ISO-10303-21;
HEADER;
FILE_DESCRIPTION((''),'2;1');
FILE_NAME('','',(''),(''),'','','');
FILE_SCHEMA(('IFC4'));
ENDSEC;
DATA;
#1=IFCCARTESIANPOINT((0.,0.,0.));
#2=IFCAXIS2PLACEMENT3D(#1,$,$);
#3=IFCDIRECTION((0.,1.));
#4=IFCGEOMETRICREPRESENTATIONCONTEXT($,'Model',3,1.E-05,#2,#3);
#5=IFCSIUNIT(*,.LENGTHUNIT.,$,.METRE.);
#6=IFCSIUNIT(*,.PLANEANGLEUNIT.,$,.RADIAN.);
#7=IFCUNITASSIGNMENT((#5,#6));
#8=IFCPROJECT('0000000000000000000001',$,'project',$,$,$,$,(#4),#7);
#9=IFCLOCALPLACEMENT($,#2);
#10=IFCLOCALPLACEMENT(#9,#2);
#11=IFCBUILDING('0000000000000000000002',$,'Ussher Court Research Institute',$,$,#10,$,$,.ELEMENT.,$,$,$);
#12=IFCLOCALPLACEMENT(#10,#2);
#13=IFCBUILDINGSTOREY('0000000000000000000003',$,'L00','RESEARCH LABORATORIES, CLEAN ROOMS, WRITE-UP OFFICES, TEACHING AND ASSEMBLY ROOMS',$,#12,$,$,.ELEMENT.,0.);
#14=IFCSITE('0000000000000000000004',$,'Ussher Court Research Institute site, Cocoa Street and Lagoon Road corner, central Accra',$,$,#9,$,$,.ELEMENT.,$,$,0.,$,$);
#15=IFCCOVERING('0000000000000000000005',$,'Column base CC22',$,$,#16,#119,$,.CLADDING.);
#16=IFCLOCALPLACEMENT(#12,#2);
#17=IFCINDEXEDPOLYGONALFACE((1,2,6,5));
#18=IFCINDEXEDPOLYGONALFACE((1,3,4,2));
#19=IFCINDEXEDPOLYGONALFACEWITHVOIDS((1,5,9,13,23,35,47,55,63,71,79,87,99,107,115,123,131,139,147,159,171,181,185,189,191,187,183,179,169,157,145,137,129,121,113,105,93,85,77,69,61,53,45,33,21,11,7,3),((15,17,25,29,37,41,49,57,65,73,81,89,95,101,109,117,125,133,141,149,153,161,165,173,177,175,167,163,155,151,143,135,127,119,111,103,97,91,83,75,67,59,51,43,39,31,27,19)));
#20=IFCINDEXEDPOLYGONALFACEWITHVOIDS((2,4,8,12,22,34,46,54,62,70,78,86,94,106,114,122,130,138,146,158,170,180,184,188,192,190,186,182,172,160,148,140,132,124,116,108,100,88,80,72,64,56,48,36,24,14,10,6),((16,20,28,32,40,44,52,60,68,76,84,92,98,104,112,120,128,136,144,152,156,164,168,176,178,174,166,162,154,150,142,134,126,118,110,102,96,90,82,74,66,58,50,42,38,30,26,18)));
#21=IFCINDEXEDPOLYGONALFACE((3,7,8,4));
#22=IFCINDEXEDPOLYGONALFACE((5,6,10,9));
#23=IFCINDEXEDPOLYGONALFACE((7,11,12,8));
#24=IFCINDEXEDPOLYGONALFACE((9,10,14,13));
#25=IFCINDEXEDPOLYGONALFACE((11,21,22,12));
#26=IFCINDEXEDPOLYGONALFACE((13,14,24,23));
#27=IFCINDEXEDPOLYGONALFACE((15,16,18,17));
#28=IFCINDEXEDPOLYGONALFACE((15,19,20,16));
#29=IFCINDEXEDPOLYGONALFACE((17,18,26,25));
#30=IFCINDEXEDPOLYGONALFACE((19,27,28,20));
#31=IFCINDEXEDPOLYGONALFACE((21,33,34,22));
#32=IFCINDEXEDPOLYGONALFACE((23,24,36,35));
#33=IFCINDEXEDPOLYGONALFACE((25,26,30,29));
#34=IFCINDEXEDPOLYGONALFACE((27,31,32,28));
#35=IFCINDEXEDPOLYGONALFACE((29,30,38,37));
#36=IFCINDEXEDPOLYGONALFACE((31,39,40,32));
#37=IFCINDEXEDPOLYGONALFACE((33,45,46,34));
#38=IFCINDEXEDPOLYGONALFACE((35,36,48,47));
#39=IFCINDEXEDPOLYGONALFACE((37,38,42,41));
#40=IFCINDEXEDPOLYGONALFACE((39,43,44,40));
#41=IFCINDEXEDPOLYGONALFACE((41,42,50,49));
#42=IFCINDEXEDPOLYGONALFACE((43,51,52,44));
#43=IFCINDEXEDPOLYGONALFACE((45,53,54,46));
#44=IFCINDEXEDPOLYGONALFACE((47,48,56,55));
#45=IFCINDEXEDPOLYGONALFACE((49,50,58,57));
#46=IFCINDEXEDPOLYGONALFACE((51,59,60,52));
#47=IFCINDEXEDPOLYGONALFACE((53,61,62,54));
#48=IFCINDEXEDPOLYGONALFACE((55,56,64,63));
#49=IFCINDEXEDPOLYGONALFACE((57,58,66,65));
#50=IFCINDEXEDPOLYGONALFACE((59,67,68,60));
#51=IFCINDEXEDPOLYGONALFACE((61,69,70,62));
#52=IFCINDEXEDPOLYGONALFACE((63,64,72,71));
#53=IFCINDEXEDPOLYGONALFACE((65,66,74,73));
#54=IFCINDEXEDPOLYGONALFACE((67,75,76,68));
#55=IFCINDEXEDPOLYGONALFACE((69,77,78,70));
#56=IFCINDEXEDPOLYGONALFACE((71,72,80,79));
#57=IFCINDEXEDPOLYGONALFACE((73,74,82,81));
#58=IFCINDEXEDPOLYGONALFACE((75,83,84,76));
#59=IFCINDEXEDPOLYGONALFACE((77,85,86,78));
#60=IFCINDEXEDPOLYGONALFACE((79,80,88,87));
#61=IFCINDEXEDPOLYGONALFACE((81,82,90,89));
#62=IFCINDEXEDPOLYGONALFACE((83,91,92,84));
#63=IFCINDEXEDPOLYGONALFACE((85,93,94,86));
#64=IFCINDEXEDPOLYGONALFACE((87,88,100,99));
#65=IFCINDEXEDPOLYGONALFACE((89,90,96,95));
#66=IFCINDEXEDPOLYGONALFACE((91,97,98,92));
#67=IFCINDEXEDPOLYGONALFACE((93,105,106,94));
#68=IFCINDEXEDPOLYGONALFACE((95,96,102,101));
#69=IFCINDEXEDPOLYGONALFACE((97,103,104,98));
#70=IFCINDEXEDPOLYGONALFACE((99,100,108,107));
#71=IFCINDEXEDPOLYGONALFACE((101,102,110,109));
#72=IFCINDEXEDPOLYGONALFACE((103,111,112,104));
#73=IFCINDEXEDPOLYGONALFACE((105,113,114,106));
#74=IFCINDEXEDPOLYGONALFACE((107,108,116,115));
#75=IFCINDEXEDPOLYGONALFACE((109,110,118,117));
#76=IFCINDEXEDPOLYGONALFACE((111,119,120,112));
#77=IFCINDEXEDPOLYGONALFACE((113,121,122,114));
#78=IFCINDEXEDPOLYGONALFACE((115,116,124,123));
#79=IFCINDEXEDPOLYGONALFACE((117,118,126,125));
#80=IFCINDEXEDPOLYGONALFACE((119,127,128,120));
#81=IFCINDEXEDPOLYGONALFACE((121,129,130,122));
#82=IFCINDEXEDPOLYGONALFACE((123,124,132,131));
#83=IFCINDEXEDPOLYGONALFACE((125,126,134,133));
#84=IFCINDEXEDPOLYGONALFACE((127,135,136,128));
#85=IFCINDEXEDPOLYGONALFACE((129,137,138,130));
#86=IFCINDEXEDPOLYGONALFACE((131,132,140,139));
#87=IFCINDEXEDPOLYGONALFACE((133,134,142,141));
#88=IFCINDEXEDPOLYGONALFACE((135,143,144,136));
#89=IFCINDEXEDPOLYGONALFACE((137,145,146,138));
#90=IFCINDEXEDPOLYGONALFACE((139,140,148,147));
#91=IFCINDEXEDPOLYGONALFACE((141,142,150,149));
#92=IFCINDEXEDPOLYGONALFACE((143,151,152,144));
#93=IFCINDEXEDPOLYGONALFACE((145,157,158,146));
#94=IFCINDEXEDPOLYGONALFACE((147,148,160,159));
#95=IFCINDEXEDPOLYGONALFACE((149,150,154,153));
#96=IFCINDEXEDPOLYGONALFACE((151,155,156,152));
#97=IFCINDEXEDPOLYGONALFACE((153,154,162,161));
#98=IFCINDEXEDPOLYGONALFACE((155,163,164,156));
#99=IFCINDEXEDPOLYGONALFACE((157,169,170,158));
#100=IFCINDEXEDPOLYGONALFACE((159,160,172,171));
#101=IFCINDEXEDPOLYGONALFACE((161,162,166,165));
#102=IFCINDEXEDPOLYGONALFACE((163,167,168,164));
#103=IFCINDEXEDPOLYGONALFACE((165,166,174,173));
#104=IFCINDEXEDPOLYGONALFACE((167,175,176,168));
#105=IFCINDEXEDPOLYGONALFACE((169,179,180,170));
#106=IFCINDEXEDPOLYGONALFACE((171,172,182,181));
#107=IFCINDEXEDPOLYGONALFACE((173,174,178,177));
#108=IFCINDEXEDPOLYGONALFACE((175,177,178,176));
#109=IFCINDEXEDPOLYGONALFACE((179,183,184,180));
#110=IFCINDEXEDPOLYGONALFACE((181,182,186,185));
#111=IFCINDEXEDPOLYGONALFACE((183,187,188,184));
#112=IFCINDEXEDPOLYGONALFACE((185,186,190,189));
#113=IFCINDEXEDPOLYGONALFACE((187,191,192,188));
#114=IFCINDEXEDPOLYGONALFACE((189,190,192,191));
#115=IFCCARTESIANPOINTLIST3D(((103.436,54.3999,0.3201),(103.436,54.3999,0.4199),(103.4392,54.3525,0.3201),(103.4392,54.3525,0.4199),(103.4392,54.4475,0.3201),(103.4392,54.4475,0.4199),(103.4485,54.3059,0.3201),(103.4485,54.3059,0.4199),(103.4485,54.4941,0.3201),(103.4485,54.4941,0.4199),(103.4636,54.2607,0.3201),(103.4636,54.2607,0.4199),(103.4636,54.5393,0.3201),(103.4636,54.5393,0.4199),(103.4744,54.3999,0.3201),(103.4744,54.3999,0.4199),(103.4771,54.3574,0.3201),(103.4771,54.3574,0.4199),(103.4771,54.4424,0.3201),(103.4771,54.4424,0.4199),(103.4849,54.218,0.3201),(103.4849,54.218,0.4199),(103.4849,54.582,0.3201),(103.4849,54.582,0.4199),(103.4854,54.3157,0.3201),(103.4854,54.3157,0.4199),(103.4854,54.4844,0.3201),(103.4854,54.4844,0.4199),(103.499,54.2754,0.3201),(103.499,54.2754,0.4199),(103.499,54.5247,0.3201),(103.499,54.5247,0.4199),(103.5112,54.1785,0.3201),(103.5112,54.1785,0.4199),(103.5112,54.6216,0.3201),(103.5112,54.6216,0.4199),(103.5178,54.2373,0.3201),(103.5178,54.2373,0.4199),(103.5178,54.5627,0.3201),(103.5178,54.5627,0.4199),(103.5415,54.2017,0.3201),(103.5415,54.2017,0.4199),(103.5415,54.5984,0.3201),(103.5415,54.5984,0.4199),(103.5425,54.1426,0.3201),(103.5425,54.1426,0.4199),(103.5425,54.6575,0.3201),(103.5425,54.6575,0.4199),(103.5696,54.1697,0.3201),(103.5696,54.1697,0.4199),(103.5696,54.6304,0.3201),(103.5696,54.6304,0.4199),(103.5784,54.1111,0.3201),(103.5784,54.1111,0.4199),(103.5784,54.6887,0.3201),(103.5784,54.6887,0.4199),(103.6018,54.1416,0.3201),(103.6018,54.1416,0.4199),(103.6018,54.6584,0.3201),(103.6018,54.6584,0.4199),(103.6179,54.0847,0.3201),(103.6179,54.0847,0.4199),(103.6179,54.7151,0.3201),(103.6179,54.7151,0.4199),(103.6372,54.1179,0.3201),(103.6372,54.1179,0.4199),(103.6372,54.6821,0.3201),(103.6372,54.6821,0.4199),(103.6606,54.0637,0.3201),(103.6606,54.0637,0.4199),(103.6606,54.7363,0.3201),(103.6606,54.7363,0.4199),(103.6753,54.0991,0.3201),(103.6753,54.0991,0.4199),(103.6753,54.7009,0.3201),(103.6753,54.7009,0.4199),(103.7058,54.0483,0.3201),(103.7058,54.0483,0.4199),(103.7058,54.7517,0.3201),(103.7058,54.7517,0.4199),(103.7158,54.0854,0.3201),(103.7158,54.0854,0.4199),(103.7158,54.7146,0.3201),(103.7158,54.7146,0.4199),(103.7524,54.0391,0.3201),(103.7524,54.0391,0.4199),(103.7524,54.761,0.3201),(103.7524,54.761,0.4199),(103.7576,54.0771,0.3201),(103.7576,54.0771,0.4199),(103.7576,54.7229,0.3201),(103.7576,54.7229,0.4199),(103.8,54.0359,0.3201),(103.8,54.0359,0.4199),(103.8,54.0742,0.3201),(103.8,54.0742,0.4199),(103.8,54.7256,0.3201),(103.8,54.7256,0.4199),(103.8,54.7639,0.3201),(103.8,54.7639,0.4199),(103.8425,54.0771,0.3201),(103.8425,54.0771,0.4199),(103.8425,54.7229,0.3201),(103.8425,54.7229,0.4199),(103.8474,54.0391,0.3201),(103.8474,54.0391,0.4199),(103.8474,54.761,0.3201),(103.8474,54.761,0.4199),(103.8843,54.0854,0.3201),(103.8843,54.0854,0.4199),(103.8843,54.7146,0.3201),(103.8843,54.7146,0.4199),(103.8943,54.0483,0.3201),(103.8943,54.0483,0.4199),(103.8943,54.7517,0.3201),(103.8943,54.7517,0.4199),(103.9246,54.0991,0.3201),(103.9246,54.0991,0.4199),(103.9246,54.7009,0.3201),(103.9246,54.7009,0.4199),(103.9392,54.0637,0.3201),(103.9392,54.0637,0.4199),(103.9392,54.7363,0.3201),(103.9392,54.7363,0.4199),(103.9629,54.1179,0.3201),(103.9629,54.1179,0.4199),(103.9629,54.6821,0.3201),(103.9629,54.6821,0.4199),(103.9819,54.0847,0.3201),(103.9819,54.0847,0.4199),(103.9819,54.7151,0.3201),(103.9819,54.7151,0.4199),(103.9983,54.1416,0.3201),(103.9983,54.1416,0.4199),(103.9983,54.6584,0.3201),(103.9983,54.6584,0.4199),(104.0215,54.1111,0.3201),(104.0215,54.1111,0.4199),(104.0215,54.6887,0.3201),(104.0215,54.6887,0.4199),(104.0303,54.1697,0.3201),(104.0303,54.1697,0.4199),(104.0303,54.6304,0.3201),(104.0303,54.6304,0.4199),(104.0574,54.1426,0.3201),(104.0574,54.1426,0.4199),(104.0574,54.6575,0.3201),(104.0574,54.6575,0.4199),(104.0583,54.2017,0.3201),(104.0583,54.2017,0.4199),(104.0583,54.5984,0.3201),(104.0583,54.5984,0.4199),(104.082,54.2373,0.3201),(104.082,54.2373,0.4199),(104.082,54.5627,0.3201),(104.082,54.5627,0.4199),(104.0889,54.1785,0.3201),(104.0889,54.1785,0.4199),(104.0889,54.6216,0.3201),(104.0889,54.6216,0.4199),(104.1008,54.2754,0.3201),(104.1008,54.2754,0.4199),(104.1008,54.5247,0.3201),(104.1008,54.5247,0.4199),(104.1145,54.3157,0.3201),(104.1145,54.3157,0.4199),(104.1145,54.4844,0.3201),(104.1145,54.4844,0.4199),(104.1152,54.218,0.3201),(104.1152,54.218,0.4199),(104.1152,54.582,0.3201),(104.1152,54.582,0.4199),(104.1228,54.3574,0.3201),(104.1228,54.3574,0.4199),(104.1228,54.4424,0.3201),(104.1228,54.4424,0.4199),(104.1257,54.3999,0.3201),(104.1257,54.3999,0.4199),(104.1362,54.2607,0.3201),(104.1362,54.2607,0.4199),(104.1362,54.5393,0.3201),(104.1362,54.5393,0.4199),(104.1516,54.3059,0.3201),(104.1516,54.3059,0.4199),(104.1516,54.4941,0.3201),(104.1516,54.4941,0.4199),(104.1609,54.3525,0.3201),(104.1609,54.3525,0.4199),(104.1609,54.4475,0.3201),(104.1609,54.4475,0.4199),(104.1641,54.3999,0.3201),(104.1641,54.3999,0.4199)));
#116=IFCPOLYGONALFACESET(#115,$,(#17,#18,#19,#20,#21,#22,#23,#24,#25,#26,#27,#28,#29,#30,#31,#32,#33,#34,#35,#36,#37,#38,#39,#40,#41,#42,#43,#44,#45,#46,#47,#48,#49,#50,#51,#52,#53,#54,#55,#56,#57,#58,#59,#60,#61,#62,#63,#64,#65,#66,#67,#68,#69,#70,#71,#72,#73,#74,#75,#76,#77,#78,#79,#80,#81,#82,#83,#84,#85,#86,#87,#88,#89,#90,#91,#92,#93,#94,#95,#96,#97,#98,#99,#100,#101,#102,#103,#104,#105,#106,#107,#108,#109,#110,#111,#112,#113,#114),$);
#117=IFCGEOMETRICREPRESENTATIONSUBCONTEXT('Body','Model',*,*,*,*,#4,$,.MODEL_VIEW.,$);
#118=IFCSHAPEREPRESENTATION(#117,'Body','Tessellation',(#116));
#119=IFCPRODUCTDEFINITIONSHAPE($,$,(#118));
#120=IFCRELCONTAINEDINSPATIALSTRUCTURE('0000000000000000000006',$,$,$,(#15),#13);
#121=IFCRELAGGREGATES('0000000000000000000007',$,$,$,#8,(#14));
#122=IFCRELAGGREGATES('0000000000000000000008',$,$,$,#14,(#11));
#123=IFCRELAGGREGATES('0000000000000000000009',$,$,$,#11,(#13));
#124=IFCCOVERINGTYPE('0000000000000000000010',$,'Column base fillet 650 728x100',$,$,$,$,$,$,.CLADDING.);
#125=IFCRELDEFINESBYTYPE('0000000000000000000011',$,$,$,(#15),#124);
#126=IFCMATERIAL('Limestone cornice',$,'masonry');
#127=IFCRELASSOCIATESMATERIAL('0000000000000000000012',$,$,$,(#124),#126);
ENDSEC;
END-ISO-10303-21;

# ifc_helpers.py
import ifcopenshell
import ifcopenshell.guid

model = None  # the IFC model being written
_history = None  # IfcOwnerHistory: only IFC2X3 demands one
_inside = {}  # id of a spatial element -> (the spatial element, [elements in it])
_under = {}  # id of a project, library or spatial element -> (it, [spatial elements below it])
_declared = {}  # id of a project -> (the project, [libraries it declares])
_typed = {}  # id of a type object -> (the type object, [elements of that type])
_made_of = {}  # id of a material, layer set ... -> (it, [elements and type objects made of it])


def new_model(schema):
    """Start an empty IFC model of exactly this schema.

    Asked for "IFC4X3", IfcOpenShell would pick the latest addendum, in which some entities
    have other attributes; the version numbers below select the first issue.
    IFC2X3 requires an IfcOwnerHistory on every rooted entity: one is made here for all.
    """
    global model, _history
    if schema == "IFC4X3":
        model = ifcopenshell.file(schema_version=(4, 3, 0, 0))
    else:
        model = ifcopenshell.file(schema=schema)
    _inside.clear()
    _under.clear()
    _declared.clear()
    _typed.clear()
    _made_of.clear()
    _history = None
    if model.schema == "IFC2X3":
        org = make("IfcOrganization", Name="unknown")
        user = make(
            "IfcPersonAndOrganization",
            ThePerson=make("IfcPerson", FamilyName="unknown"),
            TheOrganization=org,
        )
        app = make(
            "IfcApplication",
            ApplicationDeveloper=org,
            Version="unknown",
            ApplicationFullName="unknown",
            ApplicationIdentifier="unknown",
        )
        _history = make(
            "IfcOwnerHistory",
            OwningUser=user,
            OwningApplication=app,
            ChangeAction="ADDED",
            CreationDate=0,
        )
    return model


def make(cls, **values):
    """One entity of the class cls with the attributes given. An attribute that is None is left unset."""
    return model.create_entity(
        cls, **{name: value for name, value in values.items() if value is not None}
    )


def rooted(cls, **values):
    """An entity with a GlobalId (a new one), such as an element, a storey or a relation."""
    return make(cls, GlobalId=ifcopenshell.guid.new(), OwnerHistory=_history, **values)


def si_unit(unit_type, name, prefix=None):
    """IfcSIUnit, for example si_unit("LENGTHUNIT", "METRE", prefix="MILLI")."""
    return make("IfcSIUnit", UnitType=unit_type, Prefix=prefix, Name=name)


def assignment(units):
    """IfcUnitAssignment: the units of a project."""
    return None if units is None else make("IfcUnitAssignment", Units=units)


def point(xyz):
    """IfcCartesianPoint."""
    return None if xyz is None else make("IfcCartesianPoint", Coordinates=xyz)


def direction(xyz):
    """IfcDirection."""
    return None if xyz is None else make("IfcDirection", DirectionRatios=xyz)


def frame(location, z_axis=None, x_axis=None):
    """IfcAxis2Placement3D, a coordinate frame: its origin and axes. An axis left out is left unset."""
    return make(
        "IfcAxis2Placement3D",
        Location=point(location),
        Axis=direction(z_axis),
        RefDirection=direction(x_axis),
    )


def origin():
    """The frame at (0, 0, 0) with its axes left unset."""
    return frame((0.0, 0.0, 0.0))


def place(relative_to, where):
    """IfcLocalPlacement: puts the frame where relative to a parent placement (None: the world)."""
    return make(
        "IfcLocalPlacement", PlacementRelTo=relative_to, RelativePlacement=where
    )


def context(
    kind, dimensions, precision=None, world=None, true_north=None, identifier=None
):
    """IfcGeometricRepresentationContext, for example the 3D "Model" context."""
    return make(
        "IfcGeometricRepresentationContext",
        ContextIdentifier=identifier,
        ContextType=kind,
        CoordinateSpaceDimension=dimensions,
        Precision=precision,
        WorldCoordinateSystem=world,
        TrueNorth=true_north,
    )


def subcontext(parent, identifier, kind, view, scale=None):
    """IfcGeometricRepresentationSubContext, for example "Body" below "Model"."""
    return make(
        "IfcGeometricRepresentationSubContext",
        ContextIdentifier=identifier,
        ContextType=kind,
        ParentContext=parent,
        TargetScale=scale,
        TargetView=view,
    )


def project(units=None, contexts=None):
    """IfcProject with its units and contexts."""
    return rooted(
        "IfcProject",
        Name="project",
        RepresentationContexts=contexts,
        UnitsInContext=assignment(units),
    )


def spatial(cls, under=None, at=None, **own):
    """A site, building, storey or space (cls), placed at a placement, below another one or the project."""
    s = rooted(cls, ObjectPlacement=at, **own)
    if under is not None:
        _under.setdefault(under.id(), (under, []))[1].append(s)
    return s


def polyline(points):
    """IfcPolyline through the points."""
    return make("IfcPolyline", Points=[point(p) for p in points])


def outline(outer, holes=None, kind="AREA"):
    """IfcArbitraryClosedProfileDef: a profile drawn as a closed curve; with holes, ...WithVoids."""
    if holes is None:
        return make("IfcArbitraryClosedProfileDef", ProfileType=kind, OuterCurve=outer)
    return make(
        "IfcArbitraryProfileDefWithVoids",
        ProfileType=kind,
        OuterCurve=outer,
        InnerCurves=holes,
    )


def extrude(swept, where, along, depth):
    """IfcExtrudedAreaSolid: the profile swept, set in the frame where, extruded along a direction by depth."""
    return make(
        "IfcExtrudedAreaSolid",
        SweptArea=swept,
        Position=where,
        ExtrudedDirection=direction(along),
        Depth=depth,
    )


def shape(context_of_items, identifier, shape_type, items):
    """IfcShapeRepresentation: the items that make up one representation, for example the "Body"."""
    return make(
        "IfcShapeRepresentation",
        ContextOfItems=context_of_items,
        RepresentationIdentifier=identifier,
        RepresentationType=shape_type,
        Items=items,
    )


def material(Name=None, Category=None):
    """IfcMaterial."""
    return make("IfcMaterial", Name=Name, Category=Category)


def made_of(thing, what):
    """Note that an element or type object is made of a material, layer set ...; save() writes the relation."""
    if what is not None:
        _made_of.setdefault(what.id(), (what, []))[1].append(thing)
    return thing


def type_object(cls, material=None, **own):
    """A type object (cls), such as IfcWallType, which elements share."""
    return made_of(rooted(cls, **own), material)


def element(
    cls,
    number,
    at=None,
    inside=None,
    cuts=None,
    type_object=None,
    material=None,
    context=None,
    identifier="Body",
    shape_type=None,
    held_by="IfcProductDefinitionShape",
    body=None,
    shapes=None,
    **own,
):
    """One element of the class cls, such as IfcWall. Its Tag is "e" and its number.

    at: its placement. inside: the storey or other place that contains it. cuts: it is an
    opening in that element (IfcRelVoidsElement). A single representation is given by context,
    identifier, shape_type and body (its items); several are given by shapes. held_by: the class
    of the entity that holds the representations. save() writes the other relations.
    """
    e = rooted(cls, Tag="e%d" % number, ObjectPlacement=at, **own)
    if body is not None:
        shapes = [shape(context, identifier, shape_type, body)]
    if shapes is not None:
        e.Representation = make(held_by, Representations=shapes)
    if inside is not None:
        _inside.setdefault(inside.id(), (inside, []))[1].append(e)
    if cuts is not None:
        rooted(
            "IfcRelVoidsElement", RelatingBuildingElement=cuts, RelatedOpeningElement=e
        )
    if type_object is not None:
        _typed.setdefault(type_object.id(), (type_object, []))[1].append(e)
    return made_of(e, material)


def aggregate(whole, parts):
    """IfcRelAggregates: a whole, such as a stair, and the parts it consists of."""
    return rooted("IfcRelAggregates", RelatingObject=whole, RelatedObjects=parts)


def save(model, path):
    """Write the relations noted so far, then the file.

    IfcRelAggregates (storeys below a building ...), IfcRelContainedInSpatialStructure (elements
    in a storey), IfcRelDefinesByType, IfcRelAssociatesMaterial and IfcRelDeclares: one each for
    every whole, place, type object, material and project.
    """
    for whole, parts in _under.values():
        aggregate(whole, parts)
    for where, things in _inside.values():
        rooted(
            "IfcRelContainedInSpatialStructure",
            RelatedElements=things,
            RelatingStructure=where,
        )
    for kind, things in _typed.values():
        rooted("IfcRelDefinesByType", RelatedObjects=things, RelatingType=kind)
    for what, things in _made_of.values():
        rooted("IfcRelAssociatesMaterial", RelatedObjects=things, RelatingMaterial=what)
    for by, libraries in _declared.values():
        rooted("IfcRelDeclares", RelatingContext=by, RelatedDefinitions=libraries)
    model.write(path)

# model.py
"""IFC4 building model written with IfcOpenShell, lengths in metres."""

from ifc_helpers import new_model, si_unit, direction, frame, origin, place, context, subcontext, project, spatial, polyline, outline, extrude, material, type_object, element, save


model = new_model("IFC4")

# Units and contexts
model_context = context("Model", 3, precision=1e-05, world=origin(), true_north=direction((0.0, 1.0)))
body_context = subcontext(model_context, "Body", "Model", "MODEL_VIEW")
ifc_project = project(units=[si_unit("LENGTHUNIT", "METRE"), si_unit("PLANEANGLEUNIT", "RADIAN")], contexts=[model_context])

# Site, building, storey
site_placement = place(None, origin())
site = spatial("IfcSite", under=ifc_project, at=site_placement, Name="Ussher Court Research Institute site, Cocoa Street and Lagoon Road corner, central Accra", CompositionType="ELEMENT", RefElevation=0.0)
building_placement = place(site_placement, origin())
building = spatial("IfcBuilding", under=site, at=building_placement, Name="Ussher Court Research Institute", CompositionType="ELEMENT")
storey_placement = place(building_placement, origin())
storey = spatial("IfcBuildingStorey", under=building, at=storey_placement, Name="L00", Description="RESEARCH LABORATORIES, CLEAN ROOMS, WRITE-UP OFFICES, TEACHING AND ASSEMBLY ROOMS", CompositionType="ELEMENT", Elevation=0.0)

# Covering
ifc_material_1 = material(Name="Limestone cornice", Category="masonry")
covering_type_1 = type_object("IfcCoveringType", Name="Column base fillet 650 728x100", PredefinedType="CLADDING", material=ifc_material_1)
covering_1_placement = place(storey_placement, frame((0.0, 0.0, 0.3201)))
element("IfcCovering", 1, at=covering_1_placement, inside=storey, type_object=covering_type_1, Name="Column base CC22", PredefinedType="CLADDING", context=body_context, shape_type="SweptSolid", body=[
    extrude(outline(polyline([(104.1641, 54.3999), (104.1609, 54.4475), (104.1516, 54.4941), (104.1362, 54.5393), (104.1152, 54.582), (104.0889, 54.6216), (104.0574, 54.6575), (104.0215, 54.6887), (103.9819, 54.7151), (103.9392, 54.7363), (103.8943, 54.7517), (103.8474, 54.761), (103.8, 54.7639), (103.7524, 54.761), (103.7058, 54.7517), (103.6606, 54.7363), (103.6179, 54.7151), (103.5784, 54.6887), (103.5425, 54.6575), (103.5112, 54.6216), (103.4849, 54.582), (103.4636, 54.5393), (103.4485, 54.4941), (103.4392, 54.4475), (103.436, 54.3999), (103.4392, 54.3525), (103.4485, 54.3059), (103.4636, 54.2607), (103.4849, 54.218), (103.5112, 54.1785), (103.5425, 54.1426), (103.5784, 54.1111), (103.6179, 54.0847), (103.6606, 54.0637), (103.7058, 54.0483), (103.7524, 54.0391), (103.8, 54.0359), (103.8474, 54.0391), (103.8943, 54.0483), (103.9392, 54.0637), (103.9819, 54.0847), (104.0215, 54.1111), (104.0574, 54.1426), (104.0889, 54.1785), (104.1152, 54.218), (104.1362, 54.2607), (104.1516, 54.3059), (104.1609, 54.3525), (104.1641, 54.3999)]), holes=[polyline([(104.1257, 54.3999), (104.1228, 54.4424), (104.1145, 54.4844), (104.1008, 54.5247), (104.082, 54.5627), (104.0583, 54.5984), (104.0303, 54.6304), (103.9983, 54.6584), (103.9629, 54.6821), (103.9246, 54.7009), (103.8843, 54.7146), (103.8425, 54.7229), (103.8, 54.7256), (103.7576, 54.7229), (103.7158, 54.7146), (103.6753, 54.7009), (103.6372, 54.6821), (103.6018, 54.6584), (103.5696, 54.6304), (103.5415, 54.5984), (103.5178, 54.5627), (103.499, 54.5247), (103.4854, 54.4844), (103.4771, 54.4424), (103.4744, 54.3999), (103.4771, 54.3574), (103.4854, 54.3157), (103.499, 54.2754), (103.5178, 54.2373), (103.5415, 54.2017), (103.5696, 54.1697), (103.6018, 54.1416), (103.6372, 54.1179), (103.6753, 54.0991), (103.7158, 54.0854), (103.7576, 54.0771), (103.8, 54.0742), (103.8425, 54.0771), (103.8843, 54.0854), (103.9246, 54.0991), (103.9629, 54.1179), (103.9983, 54.1416), (104.0303, 54.1697), (104.0583, 54.2017), (104.082, 54.2373), (104.1008, 54.2754), (104.1145, 54.3157), (104.1228, 54.3574), (104.1257, 54.3999)])]), origin(), (0.0, 0.0, 1.0), 0.0999),
])

save(model, "model.ifc")
